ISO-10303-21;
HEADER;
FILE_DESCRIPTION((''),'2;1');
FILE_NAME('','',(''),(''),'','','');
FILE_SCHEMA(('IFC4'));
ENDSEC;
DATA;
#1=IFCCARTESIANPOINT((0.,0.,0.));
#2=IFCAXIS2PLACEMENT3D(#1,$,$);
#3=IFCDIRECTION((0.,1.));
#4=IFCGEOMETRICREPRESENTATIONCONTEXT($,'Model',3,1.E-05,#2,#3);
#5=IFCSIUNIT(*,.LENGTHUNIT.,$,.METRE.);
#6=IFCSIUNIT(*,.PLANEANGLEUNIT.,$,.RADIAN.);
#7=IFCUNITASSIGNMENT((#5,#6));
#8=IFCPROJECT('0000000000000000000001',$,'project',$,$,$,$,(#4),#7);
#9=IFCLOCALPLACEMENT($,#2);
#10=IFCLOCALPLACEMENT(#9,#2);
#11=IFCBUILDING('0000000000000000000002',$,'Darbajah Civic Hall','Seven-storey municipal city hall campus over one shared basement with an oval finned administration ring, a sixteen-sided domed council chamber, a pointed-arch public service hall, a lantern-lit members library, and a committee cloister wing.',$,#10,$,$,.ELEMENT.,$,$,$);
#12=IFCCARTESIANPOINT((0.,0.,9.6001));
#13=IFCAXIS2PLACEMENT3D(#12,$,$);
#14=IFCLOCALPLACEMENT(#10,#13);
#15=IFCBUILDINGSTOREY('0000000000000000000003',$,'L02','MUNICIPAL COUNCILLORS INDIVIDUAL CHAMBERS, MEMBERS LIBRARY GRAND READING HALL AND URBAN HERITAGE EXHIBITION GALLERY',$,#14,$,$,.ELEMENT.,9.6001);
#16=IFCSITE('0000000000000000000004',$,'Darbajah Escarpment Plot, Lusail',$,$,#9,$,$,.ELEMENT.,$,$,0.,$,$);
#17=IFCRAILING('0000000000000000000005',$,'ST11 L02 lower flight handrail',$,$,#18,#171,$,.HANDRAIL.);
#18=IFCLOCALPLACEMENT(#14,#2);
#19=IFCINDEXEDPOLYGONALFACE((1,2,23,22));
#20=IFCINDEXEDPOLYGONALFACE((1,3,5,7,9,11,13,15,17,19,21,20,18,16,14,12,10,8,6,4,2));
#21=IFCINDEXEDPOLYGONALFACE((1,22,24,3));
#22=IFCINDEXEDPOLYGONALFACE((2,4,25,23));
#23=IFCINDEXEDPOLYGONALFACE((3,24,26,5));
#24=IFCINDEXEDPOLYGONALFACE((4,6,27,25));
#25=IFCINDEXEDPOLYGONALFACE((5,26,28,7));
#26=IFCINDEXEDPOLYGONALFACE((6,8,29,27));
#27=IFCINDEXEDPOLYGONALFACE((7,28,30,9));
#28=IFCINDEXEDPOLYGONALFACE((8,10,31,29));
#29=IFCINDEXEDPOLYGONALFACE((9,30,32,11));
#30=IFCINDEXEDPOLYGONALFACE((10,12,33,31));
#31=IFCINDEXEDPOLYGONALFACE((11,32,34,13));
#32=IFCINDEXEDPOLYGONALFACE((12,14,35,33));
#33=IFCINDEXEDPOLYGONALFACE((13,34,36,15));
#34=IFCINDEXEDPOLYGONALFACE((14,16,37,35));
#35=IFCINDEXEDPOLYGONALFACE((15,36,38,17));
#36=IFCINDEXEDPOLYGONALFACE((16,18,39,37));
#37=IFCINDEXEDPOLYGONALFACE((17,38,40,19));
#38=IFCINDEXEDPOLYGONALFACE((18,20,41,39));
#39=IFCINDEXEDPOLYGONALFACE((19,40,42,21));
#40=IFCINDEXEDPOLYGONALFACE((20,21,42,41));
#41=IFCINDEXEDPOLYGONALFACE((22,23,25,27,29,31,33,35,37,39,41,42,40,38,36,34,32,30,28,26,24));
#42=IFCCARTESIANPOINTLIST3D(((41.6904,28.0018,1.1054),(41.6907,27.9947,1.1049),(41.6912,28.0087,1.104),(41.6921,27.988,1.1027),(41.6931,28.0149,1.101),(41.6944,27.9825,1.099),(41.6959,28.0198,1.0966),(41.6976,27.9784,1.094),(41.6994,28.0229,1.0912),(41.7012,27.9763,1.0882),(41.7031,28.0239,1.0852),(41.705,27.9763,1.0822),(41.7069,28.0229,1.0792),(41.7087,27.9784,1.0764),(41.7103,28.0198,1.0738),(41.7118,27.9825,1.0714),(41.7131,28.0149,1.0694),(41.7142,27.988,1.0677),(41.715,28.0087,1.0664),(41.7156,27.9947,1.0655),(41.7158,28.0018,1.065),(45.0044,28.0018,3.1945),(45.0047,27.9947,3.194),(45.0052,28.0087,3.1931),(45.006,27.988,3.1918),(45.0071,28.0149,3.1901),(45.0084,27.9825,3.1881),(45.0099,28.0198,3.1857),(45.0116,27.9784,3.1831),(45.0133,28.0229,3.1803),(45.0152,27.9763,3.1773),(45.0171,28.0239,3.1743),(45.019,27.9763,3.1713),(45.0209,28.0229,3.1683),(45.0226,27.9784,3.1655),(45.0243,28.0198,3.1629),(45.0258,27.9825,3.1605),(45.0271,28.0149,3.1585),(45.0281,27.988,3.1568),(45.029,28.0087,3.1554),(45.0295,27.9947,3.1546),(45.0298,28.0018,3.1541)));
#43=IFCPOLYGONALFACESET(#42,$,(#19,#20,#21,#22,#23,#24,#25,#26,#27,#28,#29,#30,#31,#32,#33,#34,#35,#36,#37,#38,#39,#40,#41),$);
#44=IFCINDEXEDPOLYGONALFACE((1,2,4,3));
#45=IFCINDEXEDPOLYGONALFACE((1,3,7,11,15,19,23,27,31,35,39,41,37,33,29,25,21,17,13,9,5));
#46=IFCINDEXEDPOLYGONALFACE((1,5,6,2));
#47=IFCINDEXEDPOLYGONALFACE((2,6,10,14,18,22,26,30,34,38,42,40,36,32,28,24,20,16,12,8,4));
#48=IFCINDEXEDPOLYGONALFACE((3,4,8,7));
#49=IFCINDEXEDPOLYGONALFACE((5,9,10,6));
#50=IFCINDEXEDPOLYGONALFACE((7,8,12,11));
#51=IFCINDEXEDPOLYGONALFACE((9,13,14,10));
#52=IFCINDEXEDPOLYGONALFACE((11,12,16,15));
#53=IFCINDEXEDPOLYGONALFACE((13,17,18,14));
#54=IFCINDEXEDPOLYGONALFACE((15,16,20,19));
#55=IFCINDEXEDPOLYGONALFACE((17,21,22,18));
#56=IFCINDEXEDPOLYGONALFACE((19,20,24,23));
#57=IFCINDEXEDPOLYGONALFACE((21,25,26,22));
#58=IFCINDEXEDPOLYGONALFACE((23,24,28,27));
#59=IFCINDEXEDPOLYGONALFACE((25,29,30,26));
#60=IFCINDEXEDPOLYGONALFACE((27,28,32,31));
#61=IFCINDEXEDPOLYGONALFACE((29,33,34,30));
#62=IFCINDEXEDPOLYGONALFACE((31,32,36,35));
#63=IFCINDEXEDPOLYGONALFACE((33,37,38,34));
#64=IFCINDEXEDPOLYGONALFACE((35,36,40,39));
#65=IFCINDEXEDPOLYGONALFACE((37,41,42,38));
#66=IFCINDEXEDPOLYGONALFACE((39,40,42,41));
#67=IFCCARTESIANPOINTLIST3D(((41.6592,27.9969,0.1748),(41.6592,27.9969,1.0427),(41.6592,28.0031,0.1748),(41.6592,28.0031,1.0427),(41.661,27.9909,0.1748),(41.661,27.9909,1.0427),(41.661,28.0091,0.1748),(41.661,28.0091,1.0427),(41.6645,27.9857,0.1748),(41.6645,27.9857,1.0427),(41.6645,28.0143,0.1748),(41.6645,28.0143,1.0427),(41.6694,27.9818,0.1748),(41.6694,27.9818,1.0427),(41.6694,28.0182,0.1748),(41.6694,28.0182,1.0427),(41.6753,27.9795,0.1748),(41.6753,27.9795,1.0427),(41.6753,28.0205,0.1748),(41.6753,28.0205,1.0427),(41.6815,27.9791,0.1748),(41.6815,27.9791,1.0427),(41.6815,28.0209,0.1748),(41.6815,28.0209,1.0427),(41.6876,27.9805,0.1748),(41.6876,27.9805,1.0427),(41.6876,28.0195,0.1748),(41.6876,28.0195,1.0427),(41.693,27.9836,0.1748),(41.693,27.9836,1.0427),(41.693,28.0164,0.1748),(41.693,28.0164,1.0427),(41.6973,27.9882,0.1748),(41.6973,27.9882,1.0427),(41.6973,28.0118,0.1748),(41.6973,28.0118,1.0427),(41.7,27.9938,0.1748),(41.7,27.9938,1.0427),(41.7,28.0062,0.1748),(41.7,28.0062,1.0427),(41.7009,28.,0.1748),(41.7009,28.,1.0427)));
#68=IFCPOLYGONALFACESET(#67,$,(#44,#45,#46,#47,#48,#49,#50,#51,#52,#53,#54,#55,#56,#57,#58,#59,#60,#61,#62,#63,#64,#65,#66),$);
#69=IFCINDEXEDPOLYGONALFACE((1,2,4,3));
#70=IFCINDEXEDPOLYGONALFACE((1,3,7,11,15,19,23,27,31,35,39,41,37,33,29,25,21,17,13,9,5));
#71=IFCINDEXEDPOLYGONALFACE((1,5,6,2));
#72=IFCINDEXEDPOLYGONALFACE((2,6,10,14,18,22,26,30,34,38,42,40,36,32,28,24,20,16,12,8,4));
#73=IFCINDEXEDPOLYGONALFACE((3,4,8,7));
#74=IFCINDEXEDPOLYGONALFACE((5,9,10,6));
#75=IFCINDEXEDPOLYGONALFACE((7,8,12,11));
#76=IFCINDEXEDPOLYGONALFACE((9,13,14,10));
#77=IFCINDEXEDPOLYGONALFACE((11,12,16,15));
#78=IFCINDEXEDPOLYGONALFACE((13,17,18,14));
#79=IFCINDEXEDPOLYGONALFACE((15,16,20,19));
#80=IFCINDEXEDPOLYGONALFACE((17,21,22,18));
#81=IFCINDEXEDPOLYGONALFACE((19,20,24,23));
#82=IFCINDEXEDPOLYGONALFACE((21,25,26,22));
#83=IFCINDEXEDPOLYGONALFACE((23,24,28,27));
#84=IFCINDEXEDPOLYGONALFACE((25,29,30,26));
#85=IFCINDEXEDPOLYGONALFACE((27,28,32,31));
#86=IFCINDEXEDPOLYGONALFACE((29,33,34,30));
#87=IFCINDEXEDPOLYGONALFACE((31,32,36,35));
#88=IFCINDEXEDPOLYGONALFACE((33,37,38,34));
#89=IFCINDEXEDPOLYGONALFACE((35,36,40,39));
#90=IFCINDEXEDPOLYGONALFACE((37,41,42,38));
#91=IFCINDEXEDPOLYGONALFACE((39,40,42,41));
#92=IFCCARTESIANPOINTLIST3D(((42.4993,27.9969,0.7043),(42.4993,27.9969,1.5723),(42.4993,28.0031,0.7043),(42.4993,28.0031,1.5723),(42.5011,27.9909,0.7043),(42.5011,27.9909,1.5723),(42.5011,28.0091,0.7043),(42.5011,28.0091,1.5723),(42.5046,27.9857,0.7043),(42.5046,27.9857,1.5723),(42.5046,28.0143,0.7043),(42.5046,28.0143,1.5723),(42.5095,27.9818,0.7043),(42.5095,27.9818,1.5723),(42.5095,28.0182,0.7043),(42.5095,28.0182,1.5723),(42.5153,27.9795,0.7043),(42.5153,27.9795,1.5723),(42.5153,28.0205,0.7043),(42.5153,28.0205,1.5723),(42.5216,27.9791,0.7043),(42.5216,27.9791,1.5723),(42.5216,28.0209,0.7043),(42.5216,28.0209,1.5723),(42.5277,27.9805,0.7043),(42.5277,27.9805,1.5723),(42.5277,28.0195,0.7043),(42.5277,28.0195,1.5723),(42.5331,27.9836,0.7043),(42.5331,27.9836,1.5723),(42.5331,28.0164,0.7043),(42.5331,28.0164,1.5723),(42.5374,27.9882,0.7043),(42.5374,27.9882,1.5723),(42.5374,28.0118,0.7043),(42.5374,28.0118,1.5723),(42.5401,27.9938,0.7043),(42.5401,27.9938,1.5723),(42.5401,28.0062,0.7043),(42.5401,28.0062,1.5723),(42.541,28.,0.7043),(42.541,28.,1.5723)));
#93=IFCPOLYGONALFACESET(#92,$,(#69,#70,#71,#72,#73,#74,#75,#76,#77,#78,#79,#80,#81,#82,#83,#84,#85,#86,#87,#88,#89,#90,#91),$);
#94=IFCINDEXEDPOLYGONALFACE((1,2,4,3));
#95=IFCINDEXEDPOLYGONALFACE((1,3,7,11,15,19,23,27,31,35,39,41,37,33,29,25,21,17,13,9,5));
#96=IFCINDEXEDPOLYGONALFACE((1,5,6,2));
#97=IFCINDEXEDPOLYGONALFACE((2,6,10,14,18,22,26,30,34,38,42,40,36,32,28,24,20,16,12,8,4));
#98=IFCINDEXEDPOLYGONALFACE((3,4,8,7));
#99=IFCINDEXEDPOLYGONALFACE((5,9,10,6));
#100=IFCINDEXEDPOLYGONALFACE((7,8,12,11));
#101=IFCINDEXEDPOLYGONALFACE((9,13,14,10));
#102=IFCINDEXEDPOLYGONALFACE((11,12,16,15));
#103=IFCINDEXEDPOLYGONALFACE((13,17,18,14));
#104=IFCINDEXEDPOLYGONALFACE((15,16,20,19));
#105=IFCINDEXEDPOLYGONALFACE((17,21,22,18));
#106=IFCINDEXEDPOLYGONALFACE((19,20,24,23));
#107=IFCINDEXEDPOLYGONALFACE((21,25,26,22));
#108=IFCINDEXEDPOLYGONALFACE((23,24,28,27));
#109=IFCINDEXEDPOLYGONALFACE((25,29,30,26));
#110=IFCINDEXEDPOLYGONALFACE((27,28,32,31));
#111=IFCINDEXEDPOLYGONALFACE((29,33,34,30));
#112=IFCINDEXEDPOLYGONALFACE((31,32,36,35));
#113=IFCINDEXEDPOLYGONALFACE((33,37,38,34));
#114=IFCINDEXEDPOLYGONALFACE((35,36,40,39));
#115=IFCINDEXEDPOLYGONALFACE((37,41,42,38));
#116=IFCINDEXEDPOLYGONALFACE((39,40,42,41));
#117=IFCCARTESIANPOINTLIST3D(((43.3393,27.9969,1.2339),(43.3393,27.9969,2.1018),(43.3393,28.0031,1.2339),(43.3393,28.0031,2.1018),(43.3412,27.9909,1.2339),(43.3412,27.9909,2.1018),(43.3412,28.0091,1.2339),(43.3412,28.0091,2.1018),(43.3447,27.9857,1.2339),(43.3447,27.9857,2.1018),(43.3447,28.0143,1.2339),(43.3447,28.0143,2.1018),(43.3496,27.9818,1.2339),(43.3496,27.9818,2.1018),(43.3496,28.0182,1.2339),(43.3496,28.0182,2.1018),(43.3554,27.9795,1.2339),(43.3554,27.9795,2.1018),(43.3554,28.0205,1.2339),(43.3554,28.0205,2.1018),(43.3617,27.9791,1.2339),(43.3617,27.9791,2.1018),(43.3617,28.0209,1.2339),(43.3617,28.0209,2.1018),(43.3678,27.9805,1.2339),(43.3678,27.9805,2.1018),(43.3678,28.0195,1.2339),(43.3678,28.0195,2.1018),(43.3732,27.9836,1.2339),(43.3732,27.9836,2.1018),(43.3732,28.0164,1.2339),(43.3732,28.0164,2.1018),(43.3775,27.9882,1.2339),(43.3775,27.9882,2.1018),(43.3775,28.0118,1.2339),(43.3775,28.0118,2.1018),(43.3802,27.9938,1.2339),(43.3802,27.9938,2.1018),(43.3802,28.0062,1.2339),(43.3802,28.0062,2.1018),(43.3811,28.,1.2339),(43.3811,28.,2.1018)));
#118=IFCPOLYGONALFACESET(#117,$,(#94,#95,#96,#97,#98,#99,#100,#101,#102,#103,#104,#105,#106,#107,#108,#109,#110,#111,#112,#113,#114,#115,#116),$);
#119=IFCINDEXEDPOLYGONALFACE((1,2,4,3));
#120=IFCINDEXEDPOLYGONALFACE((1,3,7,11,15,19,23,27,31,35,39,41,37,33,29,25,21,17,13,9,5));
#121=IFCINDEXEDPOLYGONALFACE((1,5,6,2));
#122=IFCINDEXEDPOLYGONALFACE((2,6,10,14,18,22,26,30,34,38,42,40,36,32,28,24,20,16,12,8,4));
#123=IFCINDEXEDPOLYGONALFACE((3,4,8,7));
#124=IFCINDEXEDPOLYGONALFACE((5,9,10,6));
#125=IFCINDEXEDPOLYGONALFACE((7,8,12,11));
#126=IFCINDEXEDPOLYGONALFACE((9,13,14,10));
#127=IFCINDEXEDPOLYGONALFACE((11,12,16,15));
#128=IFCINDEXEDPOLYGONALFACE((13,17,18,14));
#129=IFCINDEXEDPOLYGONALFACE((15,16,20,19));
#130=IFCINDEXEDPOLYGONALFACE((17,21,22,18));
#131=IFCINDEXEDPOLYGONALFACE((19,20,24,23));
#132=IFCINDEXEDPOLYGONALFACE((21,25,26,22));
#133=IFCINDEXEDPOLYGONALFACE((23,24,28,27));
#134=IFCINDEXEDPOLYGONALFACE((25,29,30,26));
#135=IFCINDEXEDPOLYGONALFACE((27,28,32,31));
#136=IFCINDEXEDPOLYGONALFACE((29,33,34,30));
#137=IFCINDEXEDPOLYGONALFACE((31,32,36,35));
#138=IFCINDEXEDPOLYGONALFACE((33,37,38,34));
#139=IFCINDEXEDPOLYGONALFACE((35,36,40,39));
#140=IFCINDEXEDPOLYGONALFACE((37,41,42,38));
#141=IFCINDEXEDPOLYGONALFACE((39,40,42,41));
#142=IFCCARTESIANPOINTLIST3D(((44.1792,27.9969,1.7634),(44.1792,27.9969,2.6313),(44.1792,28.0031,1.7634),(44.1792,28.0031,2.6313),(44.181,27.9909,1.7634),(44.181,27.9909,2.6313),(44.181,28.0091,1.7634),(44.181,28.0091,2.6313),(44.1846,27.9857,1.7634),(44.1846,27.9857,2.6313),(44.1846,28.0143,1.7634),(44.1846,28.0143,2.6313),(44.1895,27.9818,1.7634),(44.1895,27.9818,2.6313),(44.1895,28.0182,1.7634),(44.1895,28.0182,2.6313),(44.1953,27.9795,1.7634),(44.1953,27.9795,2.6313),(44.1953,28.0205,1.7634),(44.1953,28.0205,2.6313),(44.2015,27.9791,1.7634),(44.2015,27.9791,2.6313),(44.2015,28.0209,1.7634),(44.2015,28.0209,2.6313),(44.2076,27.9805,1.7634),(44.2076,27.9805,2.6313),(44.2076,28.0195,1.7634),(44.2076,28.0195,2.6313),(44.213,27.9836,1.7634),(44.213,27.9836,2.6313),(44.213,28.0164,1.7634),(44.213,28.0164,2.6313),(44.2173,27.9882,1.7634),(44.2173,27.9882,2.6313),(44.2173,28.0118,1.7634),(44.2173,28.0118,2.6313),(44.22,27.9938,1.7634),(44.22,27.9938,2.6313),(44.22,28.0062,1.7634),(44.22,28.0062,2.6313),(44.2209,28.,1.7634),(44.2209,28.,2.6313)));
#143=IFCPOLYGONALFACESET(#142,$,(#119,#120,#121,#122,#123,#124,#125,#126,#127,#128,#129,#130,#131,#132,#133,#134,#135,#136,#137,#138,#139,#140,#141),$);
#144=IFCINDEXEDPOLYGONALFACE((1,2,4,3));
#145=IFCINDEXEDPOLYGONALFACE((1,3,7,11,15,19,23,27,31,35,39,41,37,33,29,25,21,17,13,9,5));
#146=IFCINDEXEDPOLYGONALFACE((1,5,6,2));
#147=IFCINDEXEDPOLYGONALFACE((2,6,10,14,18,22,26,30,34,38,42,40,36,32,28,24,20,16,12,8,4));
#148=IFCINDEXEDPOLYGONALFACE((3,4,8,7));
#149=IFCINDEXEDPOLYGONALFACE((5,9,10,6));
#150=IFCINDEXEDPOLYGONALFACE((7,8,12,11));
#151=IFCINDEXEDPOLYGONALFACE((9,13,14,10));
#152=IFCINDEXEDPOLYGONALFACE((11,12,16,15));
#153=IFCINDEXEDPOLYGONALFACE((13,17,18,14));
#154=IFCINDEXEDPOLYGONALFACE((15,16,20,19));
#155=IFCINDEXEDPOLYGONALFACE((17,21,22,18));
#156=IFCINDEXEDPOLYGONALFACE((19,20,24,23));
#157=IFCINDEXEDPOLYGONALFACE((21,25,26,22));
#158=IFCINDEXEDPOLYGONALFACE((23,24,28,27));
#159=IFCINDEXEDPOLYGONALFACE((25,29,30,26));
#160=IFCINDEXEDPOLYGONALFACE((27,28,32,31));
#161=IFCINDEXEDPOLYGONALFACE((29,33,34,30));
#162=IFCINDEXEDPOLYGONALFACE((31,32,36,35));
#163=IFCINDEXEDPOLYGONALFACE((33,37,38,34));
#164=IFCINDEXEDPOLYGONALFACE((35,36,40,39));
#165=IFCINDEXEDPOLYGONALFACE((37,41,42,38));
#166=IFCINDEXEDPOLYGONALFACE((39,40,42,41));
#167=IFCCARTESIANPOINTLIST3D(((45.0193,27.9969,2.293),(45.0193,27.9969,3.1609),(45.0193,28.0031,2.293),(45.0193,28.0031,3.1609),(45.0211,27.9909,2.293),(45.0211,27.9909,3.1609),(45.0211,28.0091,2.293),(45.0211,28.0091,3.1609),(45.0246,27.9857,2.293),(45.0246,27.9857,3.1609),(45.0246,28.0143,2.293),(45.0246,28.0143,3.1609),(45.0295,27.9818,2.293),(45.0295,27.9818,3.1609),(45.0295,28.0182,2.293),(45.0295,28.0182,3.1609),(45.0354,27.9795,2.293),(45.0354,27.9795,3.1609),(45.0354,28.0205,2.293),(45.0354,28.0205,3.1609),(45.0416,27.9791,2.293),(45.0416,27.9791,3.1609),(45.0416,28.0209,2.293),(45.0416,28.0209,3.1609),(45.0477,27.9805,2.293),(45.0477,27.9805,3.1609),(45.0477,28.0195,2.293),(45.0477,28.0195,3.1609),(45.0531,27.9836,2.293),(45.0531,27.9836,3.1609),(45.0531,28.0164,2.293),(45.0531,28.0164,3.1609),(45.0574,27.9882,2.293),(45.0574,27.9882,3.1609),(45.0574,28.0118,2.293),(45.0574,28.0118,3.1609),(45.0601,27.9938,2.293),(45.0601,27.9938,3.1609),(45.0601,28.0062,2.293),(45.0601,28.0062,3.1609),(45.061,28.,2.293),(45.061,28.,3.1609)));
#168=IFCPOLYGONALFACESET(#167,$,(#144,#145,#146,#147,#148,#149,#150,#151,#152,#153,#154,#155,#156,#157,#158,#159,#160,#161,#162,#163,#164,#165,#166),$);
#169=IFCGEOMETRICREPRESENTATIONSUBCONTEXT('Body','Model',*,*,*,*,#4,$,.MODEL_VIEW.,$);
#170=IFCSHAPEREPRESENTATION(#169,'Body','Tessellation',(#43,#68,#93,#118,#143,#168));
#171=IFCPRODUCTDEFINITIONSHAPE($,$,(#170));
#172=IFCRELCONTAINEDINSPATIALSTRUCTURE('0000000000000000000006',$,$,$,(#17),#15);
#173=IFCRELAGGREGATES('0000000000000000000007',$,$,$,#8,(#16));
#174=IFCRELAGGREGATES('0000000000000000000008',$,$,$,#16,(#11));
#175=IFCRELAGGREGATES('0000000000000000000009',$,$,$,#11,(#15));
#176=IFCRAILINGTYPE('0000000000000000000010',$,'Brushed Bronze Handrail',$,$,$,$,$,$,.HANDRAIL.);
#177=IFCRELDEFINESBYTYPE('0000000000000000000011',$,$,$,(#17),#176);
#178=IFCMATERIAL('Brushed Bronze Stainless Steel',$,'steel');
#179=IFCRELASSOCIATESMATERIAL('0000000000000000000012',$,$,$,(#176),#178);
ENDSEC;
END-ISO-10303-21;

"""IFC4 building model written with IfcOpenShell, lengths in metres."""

from ifc_helpers import new_model, si_unit, direction, frame, origin, origin_2d, place, context, subcontext, project, spatial, circle, extrude, material, type_object, element, save


model = new_model("IFC4")

# Units and contexts
model_context = context("Model", 3, precision=1e-05, world=origin(), true_north=direction((0.0, 1.0)))
body_context = subcontext(model_context, "Body", "Model", "MODEL_VIEW")
ifc_project = project(units=[si_unit("LENGTHUNIT", "METRE"), si_unit("PLANEANGLEUNIT", "RADIAN")], contexts=[model_context])

# Site, building, storey
site_placement = place(None, origin())
site = spatial("IfcSite", under=ifc_project, at=site_placement, Name="Darbajah Escarpment Plot, Lusail", CompositionType="ELEMENT", RefElevation=0.0)
building_placement = place(site_placement, origin())
building = spatial("IfcBuilding", under=site, at=building_placement, Name="Darbajah Civic Hall", Description="Seven-storey municipal city hall campus over one shared basement with an oval finned administration ring, a sixteen-sided domed council chamber, a pointed-arch public service hall, a lantern-lit members library, and a committee cloister wing.", CompositionType="ELEMENT")
storey_placement = place(building_placement, frame((0.0, 0.0, 9.6001)))
storey = spatial("IfcBuildingStorey", under=building, at=storey_placement, Name="L02", Description="MUNICIPAL COUNCILLORS INDIVIDUAL CHAMBERS, MEMBERS LIBRARY GRAND READING HALL AND URBAN HERITAGE EXHIBITION GALLERY", CompositionType="ELEMENT", Elevation=9.6001)

# Railing
ifc_material_1 = material(Name="Brushed Bronze Stainless Steel", Category="steel")
railing_type_1 = type_object("IfcRailingType", Name="Brushed Bronze Handrail", PredefinedType="HANDRAIL", material=ifc_material_1)
railing_1_placement = place(storey_placement, frame((41.6799, 28.0, 0.1748)))
element("IfcRailing", 1, at=railing_1_placement, inside=storey, type_object=railing_type_1, Name="ST11 L02 lower flight handrail", PredefinedType="HANDRAIL", context=body_context, shape_type="SweptSolid", body=[
    extrude(circle(Radius=0.0239, at=origin_2d()), frame((0.0232, 0.0, 0.9104), z_axis=(0.845944, 0.0, 0.533271), x_axis=(0.0, 1.0, 0.0)), (0.0, 0.0, 1.0), 3.9175),
    extrude(circle(Radius=0.021, at=origin_2d()), origin(), (0.0, 0.0, 1.0), 0.8679),
    extrude(circle(Radius=0.021, at=origin_2d()), frame((0.8401, 0.0, 0.5295)), (0.0, 0.0, 1.0), 0.8679),
    extrude(circle(Radius=0.021, at=origin_2d()), frame((1.6802, 0.0, 1.0591)), (0.0, 0.0, 1.0), 0.8679),
    extrude(circle(Radius=0.021, at=origin_2d()), frame((2.52, 0.0, 1.5886)), (0.0, 0.0, 1.0), 0.8679),
    extrude(circle(Radius=0.021, at=origin_2d()), frame((3.3601, 0.0, 2.1182)), (0.0, 0.0, 1.0), 0.8679),
])

save(model, "model.ifc")
